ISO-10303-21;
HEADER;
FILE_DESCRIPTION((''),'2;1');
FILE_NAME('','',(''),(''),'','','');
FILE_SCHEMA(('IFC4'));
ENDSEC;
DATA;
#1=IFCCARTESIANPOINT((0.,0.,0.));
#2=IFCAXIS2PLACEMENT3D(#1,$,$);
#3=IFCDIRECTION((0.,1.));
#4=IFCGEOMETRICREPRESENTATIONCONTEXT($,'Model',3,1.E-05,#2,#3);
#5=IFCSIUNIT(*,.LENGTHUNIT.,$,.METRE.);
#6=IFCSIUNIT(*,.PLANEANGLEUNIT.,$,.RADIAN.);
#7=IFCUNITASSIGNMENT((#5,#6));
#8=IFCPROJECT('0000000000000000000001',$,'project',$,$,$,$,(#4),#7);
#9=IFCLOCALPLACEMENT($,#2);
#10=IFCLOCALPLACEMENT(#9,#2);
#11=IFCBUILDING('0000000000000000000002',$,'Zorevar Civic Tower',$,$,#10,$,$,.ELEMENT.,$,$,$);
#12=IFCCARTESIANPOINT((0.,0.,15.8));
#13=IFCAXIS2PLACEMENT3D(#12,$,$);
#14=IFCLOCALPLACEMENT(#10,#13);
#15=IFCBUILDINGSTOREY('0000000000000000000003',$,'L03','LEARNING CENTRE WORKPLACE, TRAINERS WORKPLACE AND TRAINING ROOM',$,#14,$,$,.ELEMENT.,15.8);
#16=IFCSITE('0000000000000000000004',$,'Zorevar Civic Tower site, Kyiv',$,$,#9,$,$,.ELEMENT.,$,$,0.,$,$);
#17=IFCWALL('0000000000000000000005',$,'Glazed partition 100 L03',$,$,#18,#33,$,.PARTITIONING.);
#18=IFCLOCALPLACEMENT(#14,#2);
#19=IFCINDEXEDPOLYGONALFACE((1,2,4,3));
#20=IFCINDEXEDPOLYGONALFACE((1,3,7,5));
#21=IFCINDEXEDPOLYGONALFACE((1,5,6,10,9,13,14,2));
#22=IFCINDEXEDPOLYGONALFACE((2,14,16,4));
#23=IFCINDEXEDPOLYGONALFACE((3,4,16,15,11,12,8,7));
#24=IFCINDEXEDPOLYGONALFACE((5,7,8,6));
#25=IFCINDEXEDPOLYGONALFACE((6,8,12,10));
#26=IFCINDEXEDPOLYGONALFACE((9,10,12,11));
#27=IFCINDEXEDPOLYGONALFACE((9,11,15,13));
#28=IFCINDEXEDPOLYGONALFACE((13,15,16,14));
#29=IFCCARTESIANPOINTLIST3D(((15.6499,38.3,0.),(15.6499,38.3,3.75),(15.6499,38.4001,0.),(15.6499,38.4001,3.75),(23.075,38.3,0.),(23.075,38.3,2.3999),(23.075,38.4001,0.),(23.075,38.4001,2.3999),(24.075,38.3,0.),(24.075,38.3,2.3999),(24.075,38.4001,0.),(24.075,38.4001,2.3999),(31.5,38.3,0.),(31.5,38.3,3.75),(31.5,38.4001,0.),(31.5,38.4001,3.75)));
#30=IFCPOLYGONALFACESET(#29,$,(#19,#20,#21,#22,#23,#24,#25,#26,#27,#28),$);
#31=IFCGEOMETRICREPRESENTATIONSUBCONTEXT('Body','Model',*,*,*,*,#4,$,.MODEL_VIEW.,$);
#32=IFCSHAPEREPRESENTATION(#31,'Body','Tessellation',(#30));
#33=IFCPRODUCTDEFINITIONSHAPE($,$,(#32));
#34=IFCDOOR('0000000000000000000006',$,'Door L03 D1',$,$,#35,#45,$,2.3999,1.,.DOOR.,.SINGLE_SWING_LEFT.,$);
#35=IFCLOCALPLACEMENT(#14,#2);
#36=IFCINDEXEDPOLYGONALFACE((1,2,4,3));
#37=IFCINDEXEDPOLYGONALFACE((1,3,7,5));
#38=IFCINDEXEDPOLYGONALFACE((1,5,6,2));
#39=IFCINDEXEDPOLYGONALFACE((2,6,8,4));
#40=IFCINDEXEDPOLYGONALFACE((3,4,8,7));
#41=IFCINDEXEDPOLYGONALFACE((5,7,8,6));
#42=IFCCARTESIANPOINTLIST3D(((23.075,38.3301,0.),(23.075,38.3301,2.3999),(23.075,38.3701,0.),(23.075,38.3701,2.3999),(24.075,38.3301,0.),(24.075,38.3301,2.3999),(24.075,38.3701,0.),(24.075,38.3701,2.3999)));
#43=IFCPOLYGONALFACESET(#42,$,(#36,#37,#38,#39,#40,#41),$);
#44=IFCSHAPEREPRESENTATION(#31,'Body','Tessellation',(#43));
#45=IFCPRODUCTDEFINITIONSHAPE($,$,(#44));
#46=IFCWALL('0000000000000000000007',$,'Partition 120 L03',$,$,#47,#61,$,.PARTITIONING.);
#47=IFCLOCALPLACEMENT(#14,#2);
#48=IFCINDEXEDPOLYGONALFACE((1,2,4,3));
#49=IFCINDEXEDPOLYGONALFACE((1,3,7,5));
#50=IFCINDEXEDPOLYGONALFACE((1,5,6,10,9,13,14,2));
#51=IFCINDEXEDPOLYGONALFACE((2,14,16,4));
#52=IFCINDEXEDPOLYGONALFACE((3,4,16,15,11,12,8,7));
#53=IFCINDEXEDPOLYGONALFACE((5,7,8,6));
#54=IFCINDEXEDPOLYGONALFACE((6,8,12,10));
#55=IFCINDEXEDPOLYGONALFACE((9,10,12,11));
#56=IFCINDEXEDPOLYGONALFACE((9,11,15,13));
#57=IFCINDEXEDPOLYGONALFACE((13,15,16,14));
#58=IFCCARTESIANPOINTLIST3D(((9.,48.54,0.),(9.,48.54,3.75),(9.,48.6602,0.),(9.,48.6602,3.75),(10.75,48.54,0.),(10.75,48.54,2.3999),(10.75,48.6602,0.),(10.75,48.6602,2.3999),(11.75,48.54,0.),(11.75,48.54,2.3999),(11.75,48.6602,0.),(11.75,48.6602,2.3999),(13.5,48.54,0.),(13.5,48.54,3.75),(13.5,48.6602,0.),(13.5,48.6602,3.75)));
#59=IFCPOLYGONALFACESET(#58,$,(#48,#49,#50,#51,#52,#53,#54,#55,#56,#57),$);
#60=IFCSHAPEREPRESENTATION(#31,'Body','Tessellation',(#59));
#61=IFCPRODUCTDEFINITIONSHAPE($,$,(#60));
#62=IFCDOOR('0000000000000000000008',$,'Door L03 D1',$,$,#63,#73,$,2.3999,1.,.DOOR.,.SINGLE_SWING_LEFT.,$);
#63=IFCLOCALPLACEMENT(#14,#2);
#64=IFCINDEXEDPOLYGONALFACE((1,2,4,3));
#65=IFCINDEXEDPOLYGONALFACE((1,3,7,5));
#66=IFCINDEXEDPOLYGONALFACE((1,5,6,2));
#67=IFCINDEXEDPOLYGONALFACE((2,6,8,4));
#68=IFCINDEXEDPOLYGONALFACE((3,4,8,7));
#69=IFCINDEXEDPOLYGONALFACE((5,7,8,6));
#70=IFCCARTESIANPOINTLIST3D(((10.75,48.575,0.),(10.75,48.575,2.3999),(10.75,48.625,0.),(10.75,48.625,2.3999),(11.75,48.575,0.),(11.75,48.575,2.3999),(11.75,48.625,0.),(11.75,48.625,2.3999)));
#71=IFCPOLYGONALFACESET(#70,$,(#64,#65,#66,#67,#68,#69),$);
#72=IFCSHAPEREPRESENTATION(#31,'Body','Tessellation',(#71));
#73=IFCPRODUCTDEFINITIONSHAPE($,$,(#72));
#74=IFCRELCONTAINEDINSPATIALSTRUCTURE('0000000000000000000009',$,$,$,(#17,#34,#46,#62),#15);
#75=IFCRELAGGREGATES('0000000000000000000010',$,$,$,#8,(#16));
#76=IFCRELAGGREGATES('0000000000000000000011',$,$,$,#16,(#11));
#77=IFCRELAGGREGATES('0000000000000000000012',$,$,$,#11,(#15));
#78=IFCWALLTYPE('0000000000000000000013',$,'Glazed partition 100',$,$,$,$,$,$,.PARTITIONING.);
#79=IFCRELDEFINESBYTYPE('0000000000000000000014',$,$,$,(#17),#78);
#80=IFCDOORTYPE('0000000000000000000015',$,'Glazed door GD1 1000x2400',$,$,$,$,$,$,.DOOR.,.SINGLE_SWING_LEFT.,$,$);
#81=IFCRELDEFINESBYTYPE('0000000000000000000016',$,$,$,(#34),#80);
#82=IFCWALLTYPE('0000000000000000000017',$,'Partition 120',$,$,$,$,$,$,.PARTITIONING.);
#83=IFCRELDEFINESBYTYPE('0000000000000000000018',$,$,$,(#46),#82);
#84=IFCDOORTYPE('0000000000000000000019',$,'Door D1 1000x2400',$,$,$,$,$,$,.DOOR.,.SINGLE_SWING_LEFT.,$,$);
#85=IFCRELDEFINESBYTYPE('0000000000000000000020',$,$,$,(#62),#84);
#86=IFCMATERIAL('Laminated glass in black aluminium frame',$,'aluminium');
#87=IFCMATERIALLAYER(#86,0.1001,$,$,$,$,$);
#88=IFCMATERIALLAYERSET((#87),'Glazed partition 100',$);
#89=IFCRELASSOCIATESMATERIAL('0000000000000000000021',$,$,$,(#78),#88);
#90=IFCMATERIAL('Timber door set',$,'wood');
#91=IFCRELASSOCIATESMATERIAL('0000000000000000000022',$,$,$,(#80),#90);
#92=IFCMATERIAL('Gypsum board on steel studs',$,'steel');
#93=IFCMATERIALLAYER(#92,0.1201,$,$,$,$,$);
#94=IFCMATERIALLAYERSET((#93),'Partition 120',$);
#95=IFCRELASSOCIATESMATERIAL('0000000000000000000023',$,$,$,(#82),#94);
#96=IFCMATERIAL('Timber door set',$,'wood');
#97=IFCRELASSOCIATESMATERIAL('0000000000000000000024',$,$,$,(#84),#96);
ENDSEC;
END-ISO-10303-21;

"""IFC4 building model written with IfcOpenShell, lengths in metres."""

from ifc_helpers import new_model, si_unit, direction, frame, frame_2d, origin, place, context, subcontext, project, spatial, rectangle, extrude, material, layer, layer_set, type_object, element, fill, save


model = new_model("IFC4")

# Units and contexts
model_context = context("Model", 3, precision=1e-05, world=origin(), true_north=direction((0.0, 1.0)))
body_context = subcontext(model_context, "Body", "Model", "MODEL_VIEW")
ifc_project = project(units=[si_unit("LENGTHUNIT", "METRE"), si_unit("PLANEANGLEUNIT", "RADIAN")], contexts=[model_context])

# Site, building, storey
site_placement = place(None, origin())
site = spatial("IfcSite", under=ifc_project, at=site_placement, Name="Zorevar Civic Tower site, Kyiv", CompositionType="ELEMENT", RefElevation=0.0)
building_placement = place(site_placement, origin())
building = spatial("IfcBuilding", under=site, at=building_placement, Name="Zorevar Civic Tower", CompositionType="ELEMENT")
storey_placement = place(building_placement, frame((0.0, 0.0, 15.8)))
storey = spatial("IfcBuildingStorey", under=building, at=storey_placement, Name="L03", Description="LEARNING CENTRE WORKPLACE, TRAINERS WORKPLACE AND TRAINING ROOM", CompositionType="ELEMENT", Elevation=15.8)

# Shared definitions
ifc_material_1 = material(Name="Laminated glass in black aluminium frame", Category="aluminium")
ifc_layer_1 = layer(ifc_material_1, 0.1001)
ifc_layer_set_1 = layer_set([ifc_layer_1], Name="Glazed partition 100")
wall_type_1 = type_object("IfcWallType", Name="Glazed partition 100", PredefinedType="PARTITIONING", material=ifc_layer_set_1)

# Walls, openings, doors
wall_1_placement = place(storey_placement, frame((15.6499, 38.3501, 0.0), z_axis=(0.0, 0.0, 1.0), x_axis=(1.0, 0.0, 0.0)))
wall_1 = element("IfcWall", 1, at=wall_1_placement, inside=storey, type_object=wall_type_1, Name="Glazed partition 100 L03", PredefinedType="PARTITIONING", context=body_context, shape_type="SweptSolid", body=[
    extrude(rectangle(XDim=15.8501, YDim=0.1001, at=frame_2d((7.925, 0.0))), origin(), (0.0, 0.0, 1.0), 3.75),
])
opening_1_placement = place(wall_1_placement, frame((7.425, 0.0, 0.0)))
opening_1 = element("IfcOpeningElement", 2, at=opening_1_placement, cuts=wall_1, PredefinedType="OPENING", context=body_context, shape_type="SweptSolid", body=[
    extrude(rectangle(XDim=1.0, YDim=2.3999, at=frame_2d((0.5, 1.2))), frame((0.0, 0.0601, 0.0), z_axis=(0.0, -1.0, 0.0), x_axis=(1.0, 0.0, 0.0)), (0.0, 0.0, 1.0), 0.1201),
])
ifc_material_2 = material(Name="Timber door set", Category="wood")
door_type_1 = type_object("IfcDoorType", Name="Glazed door GD1 1000x2400", OperationType="SINGLE_SWING_LEFT", PredefinedType="DOOR", material=ifc_material_2)
door_1_placement = place(opening_1_placement, origin())
door_1 = element("IfcDoor", 3, at=door_1_placement, inside=storey, type_object=door_type_1, Name="Door L03 D1", OperationType="SINGLE_SWING_LEFT", OverallHeight=2.3999, OverallWidth=1.0, PredefinedType="DOOR", context=body_context, shape_type="SweptSolid", body=[
    extrude(rectangle(XDim=1.0, YDim=2.3999, at=frame_2d((0.5, 1.2))), frame((0.0, 0.02, 0.0), z_axis=(0.0, -1.0, 0.0), x_axis=(1.0, 0.0, 0.0)), (0.0, 0.0, 1.0), 0.04),
])
fill(opening_1, door_1)
ifc_material_3 = material(Name="Gypsum board on steel studs", Category="steel")
ifc_layer_2 = layer(ifc_material_3, 0.1201)
ifc_layer_set_2 = layer_set([ifc_layer_2], Name="Partition 120")
wall_type_2 = type_object("IfcWallType", Name="Partition 120", PredefinedType="PARTITIONING", material=ifc_layer_set_2)
wall_2_placement = place(storey_placement, frame((9.0, 48.6001, 0.0), z_axis=(0.0, 0.0, 1.0), x_axis=(1.0, 0.0, 0.0)))
wall_2 = element("IfcWall", 4, at=wall_2_placement, inside=storey, type_object=wall_type_2, Name="Partition 120 L03", PredefinedType="PARTITIONING", context=body_context, shape_type="SweptSolid", body=[
    extrude(rectangle(XDim=4.5, YDim=0.1201, at=frame_2d((2.25, 0.0))), origin(), (0.0, 0.0, 1.0), 3.75),
])
opening_2_placement = place(wall_2_placement, frame((1.75, 0.0, 0.0)))
opening_2 = element("IfcOpeningElement", 5, at=opening_2_placement, cuts=wall_2, PredefinedType="OPENING", context=body_context, shape_type="SweptSolid", body=[
    extrude(rectangle(XDim=1.0, YDim=2.3999, at=frame_2d((0.5, 1.2))), frame((0.0, 0.0701, 0.0), z_axis=(0.0, -1.0, 0.0), x_axis=(1.0, 0.0, 0.0)), (0.0, 0.0, 1.0), 0.1401),
])
ifc_material_4 = material(Name="Timber door set", Category="wood")
door_type_2 = type_object("IfcDoorType", Name="Door D1 1000x2400", OperationType="SINGLE_SWING_LEFT", PredefinedType="DOOR", material=ifc_material_4)
door_2_placement = place(opening_2_placement, origin())
door_2 = element("IfcDoor", 6, at=door_2_placement, inside=storey, type_object=door_type_2, Name="Door L03 D1", OperationType="SINGLE_SWING_LEFT", OverallHeight=2.3999, OverallWidth=1.0, PredefinedType="DOOR", context=body_context, shape_type="SweptSolid", body=[
    extrude(rectangle(XDim=1.0, YDim=2.3999, at=frame_2d((0.5, 1.2))), frame((0.0, 0.0249, 0.0), z_axis=(0.0, -1.0, 0.0), x_axis=(1.0, 0.0, 0.0)), (0.0, 0.0, 1.0), 0.05),
])
fill(opening_2, door_2)

save(model, "model.ifc")
